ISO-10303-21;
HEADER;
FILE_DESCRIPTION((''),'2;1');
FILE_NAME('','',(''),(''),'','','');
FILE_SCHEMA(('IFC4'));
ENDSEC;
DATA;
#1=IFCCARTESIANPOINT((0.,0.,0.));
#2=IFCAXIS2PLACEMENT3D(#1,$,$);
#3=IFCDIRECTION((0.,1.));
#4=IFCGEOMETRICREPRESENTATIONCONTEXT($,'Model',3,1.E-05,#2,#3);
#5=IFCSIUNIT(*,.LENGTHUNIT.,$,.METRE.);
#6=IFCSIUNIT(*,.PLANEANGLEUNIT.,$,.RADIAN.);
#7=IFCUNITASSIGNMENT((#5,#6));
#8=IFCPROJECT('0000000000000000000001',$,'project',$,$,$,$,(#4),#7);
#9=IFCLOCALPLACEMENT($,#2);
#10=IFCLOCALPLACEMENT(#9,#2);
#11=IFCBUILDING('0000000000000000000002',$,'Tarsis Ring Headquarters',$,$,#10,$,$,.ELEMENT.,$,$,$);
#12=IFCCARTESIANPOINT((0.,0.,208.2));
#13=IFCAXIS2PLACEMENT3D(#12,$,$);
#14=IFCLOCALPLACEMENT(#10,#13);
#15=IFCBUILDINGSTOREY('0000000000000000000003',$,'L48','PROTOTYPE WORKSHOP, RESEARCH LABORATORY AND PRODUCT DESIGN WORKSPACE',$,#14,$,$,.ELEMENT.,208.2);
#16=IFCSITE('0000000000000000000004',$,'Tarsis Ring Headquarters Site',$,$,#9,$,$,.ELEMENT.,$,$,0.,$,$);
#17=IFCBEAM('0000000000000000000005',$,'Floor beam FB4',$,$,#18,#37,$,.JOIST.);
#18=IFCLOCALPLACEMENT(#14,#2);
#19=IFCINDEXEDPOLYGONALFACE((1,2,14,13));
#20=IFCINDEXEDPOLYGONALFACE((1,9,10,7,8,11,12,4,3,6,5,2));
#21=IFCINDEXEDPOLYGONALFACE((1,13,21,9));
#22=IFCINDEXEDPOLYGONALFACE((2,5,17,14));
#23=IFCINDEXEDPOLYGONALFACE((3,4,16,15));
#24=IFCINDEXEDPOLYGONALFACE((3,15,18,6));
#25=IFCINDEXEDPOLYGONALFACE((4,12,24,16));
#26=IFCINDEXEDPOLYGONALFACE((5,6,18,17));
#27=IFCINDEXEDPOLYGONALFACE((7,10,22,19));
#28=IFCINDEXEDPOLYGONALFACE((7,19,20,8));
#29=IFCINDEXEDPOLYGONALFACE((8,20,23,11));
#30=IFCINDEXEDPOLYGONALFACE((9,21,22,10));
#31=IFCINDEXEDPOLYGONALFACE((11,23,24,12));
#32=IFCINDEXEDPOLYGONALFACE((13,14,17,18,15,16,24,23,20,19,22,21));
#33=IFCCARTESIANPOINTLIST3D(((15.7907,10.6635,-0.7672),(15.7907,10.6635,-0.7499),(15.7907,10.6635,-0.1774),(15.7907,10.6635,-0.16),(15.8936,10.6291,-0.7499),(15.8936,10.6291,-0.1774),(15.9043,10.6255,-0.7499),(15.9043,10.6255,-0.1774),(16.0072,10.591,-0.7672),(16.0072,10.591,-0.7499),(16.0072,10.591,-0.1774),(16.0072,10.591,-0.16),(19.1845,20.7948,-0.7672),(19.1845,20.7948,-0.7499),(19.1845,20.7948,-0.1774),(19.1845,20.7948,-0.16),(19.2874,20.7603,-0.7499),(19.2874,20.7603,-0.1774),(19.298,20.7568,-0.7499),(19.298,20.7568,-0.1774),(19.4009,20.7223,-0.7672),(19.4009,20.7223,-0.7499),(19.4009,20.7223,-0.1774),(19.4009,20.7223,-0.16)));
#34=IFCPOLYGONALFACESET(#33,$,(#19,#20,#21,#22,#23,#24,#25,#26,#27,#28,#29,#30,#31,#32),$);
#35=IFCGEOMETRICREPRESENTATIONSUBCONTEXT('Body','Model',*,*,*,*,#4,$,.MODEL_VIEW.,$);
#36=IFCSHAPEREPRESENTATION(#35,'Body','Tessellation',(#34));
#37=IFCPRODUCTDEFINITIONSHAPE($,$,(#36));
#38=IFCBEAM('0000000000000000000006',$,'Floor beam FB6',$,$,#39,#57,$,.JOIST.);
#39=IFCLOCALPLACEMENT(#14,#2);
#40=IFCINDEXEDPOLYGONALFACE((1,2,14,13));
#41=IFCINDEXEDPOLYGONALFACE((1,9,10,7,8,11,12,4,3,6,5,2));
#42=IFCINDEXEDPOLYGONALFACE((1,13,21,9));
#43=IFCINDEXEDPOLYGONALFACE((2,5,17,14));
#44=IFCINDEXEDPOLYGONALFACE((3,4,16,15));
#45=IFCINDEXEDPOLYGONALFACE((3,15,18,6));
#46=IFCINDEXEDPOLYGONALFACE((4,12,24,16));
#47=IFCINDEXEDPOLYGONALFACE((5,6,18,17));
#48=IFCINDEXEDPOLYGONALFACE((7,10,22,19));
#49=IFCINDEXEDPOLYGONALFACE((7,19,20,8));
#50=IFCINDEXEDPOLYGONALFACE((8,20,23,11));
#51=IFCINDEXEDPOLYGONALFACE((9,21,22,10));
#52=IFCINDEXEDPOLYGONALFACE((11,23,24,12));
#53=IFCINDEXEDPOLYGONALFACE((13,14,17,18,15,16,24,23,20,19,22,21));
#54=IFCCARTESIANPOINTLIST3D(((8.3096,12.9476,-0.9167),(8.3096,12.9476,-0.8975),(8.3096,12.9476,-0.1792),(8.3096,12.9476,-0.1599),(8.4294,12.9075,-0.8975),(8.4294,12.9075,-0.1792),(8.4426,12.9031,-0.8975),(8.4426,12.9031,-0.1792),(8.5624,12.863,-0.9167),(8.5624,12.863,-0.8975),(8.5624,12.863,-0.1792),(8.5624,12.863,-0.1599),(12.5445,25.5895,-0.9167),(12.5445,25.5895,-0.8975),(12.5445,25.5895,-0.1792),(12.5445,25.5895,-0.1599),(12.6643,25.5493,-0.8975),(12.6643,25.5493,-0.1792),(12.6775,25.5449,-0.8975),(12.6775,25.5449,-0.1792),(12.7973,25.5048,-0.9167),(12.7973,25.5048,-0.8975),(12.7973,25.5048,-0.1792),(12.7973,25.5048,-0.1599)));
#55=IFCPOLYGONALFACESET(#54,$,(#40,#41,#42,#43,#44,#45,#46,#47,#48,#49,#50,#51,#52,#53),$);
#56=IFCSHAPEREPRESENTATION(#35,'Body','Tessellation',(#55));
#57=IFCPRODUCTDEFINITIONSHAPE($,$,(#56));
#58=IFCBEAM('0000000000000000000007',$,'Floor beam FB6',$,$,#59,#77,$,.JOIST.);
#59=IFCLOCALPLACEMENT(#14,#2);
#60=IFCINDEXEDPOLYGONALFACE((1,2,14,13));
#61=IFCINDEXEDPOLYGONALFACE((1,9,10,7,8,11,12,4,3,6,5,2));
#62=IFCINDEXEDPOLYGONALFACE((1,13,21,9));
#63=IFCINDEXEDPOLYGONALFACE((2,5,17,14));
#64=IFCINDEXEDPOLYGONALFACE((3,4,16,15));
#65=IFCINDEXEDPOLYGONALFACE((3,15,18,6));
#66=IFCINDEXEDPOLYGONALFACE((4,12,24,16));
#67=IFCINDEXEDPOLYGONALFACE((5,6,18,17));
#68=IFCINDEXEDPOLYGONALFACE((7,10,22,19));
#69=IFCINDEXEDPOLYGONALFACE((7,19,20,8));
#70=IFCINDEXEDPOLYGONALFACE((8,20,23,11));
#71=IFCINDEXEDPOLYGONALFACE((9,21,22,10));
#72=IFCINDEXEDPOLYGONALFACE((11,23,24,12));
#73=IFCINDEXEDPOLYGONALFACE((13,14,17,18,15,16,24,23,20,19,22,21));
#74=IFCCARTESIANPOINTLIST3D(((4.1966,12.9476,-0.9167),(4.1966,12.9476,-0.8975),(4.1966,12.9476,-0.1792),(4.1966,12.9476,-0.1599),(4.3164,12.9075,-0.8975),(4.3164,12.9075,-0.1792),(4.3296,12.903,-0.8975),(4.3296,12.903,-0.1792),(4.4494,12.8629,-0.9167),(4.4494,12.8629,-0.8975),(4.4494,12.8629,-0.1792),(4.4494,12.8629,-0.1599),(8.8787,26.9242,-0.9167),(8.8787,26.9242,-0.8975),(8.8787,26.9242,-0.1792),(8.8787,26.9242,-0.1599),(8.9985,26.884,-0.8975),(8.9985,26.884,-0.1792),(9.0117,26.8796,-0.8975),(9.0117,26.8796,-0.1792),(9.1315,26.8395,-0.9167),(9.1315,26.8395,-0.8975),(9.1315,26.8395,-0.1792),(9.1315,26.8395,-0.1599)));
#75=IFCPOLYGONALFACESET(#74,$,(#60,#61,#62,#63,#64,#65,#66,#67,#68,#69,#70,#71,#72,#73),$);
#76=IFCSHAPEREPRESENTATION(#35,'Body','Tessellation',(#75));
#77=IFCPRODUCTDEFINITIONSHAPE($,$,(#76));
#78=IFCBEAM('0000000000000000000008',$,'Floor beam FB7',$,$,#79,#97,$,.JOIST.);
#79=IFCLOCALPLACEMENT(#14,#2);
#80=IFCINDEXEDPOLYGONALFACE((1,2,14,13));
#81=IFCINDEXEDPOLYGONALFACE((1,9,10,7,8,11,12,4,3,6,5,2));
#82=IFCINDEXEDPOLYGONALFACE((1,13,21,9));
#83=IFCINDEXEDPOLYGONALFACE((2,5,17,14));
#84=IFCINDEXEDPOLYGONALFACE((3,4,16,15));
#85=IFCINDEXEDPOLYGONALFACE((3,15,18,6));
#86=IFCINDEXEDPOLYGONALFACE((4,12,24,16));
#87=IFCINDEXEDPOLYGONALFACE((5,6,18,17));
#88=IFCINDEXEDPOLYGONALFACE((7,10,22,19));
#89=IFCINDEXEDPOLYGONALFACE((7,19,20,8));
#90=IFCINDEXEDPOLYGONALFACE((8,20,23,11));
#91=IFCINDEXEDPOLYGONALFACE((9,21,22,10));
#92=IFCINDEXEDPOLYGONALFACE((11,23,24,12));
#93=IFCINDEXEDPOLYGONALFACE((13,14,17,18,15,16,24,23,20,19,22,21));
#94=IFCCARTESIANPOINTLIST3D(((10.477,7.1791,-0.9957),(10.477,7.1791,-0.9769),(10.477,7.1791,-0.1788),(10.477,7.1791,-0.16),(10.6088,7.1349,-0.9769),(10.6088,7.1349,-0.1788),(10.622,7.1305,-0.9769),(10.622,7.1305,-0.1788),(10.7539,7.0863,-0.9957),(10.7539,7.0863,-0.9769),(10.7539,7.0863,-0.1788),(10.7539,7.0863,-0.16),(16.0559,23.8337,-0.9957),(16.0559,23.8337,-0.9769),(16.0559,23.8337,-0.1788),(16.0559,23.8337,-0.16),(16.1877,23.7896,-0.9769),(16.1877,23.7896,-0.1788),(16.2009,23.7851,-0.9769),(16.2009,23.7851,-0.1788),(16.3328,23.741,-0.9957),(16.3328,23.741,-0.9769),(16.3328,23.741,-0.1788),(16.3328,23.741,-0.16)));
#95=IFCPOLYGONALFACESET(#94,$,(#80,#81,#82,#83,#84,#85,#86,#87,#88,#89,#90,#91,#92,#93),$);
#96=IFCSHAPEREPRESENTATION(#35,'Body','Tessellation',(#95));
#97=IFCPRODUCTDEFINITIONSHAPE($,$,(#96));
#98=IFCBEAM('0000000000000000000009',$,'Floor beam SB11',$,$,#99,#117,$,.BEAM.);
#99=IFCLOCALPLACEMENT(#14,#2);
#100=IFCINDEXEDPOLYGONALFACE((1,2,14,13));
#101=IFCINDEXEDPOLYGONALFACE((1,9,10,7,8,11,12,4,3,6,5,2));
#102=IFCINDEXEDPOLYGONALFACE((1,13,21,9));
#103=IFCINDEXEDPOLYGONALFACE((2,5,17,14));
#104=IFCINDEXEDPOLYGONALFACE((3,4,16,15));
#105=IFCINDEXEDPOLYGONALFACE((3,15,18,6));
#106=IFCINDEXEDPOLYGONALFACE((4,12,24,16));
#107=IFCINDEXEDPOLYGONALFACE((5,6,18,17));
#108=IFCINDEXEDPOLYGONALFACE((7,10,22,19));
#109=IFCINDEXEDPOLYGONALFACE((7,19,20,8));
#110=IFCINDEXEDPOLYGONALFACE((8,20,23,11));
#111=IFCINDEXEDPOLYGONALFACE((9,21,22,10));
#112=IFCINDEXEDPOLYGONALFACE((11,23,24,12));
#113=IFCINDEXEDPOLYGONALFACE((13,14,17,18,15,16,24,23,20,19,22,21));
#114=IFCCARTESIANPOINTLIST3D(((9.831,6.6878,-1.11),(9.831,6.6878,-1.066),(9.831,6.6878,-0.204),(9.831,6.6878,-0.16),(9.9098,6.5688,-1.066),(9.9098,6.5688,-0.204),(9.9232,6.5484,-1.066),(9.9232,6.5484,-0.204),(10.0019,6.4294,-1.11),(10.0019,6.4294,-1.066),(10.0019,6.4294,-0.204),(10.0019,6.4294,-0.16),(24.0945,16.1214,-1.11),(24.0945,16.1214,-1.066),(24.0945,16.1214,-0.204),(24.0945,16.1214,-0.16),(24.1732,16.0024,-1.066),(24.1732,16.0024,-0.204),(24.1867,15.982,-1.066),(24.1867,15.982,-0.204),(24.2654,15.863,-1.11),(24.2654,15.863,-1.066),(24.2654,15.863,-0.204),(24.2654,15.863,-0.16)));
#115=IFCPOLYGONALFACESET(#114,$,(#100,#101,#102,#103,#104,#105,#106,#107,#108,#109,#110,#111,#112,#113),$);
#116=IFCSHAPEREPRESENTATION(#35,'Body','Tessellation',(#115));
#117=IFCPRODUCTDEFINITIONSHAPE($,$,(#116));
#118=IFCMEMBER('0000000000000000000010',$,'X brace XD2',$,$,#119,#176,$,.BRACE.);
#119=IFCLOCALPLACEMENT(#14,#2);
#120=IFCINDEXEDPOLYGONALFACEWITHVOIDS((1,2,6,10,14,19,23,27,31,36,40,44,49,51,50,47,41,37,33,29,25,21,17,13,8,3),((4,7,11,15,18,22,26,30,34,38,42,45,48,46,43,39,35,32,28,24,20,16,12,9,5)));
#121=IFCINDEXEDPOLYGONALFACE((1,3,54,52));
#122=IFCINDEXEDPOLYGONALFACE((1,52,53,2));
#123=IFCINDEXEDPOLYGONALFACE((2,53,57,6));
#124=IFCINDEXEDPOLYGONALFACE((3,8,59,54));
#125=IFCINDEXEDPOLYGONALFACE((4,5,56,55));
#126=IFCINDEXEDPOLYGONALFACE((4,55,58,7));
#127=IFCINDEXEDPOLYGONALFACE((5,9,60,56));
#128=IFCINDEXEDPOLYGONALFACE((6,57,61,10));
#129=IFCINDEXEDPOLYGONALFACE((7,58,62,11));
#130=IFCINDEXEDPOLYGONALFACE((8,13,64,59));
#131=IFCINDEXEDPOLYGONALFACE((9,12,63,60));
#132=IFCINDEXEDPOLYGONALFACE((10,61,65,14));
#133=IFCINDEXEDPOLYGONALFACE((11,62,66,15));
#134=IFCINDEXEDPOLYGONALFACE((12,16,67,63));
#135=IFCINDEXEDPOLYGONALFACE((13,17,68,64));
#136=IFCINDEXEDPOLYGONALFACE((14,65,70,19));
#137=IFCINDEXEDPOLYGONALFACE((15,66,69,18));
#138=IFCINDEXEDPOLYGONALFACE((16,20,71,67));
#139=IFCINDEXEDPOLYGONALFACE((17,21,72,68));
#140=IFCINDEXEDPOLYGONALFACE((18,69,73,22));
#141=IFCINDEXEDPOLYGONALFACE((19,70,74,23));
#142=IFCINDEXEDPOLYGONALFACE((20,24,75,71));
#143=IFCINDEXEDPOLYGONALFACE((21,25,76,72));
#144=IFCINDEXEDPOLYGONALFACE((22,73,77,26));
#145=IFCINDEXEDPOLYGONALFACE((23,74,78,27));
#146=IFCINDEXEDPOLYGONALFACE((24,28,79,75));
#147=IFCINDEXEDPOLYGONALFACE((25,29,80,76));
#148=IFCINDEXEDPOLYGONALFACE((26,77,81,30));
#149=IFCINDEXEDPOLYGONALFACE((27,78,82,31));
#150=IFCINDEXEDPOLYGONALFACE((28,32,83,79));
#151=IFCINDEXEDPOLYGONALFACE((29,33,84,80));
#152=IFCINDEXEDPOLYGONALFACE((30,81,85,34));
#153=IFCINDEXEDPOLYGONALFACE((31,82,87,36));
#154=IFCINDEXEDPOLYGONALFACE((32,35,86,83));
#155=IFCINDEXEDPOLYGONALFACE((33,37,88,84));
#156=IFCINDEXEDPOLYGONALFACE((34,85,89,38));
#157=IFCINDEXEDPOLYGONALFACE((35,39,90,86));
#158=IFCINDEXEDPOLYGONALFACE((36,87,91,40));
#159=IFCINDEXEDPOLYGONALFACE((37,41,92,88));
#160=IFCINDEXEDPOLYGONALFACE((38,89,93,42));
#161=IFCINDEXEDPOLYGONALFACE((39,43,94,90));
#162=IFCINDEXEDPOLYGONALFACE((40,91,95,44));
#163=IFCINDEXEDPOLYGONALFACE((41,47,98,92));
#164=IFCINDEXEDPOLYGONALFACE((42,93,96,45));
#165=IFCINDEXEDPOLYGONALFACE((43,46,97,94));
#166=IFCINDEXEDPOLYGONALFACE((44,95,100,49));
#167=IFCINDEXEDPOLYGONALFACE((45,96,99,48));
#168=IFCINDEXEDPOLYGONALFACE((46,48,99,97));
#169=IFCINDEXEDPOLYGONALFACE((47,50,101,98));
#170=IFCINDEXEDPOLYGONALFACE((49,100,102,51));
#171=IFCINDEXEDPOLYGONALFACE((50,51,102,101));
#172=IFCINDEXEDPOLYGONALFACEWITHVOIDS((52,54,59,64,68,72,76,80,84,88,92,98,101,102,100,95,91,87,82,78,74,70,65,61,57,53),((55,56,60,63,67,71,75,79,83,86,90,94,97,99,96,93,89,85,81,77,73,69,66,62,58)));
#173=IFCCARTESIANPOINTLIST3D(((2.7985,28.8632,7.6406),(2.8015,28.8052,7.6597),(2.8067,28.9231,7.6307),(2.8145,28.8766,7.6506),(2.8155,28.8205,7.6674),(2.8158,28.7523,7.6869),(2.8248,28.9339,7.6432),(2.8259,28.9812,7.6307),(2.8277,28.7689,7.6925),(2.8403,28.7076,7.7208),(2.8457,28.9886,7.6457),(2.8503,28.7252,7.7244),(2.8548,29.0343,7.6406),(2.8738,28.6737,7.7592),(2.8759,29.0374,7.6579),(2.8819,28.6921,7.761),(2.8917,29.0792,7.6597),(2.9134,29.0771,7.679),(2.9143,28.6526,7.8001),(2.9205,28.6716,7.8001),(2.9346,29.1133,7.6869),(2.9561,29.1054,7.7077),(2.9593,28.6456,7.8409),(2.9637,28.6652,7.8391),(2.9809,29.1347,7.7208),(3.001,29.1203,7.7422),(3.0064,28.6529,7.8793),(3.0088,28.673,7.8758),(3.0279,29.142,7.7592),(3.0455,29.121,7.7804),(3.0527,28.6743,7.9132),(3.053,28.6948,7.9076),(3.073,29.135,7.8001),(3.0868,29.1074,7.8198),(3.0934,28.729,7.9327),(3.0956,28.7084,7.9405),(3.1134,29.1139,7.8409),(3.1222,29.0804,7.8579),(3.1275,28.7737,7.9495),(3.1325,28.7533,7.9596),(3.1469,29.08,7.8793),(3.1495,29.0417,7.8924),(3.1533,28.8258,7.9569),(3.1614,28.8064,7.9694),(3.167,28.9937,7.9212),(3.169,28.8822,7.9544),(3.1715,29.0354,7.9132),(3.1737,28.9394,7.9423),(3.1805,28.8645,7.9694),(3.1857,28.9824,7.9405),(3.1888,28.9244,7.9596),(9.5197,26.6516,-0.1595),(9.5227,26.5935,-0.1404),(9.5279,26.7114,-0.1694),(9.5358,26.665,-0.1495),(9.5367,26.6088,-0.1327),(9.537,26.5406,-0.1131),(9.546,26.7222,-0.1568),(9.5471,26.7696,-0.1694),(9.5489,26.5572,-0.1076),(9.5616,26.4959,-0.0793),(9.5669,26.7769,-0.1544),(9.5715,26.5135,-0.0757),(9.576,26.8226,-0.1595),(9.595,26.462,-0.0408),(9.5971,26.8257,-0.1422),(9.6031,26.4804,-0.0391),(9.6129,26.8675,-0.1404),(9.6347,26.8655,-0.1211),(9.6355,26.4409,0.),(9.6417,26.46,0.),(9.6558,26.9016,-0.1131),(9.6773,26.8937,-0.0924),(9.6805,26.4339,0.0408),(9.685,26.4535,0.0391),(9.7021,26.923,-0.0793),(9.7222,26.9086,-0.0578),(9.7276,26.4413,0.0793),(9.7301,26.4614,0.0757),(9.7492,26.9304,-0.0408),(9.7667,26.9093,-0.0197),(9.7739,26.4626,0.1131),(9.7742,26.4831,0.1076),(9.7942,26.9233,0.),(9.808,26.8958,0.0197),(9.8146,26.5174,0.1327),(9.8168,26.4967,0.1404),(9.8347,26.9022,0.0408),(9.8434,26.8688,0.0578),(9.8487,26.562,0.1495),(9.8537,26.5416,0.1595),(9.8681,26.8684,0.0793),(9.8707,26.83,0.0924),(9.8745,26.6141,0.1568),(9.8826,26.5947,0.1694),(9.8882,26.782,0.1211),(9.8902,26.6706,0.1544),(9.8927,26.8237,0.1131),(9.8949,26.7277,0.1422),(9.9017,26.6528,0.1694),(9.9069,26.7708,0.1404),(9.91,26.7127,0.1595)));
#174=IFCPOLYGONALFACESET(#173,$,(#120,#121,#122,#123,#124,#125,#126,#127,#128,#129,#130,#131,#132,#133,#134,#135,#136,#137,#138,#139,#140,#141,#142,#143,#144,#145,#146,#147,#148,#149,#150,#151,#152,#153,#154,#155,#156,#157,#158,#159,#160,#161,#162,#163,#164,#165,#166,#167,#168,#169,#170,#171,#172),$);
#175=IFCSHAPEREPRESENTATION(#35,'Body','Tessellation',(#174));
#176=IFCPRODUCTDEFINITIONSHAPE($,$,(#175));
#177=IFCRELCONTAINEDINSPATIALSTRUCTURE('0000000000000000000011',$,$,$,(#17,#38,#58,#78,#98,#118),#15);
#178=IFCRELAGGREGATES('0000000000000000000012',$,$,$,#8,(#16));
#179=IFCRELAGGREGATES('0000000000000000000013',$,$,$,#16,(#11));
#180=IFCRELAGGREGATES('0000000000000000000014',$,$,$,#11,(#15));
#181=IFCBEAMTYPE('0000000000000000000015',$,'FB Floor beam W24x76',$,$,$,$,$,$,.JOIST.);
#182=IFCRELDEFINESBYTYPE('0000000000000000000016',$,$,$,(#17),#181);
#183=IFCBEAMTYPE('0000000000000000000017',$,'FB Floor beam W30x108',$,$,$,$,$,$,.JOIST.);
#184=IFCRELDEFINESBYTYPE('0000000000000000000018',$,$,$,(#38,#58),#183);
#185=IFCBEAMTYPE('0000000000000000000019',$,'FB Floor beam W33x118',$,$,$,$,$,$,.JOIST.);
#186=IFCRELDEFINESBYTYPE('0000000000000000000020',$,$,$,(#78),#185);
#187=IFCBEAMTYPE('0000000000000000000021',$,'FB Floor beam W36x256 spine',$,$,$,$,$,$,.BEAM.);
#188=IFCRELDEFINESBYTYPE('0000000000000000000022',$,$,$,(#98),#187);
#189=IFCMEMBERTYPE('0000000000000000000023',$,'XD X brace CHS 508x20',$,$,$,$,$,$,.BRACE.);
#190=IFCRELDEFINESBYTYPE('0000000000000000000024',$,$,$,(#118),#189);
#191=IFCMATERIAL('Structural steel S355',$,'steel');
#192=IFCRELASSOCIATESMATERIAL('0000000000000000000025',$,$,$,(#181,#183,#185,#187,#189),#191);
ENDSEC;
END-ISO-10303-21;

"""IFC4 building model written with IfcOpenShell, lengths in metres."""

from ifc_helpers import new_model, si_unit, direction, frame, origin, origin_2d, place, context, subcontext, project, spatial, hollow_circle, i_section, extrude, material, material_profile, profile_set, type_object, element, save


model = new_model("IFC4")

# Units and contexts
model_context = context("Model", 3, precision=1e-05, world=origin(), true_north=direction((0.0, 1.0)))
body_context = subcontext(model_context, "Body", "Model", "MODEL_VIEW")
ifc_project = project(units=[si_unit("LENGTHUNIT", "METRE"), si_unit("PLANEANGLEUNIT", "RADIAN")], contexts=[model_context])

# Site, building, storey
site_placement = place(None, origin())
site = spatial("IfcSite", under=ifc_project, at=site_placement, Name="Tarsis Ring Headquarters Site", CompositionType="ELEMENT", RefElevation=0.0)
building_placement = place(site_placement, origin())
building = spatial("IfcBuilding", under=site, at=building_placement, Name="Tarsis Ring Headquarters", CompositionType="ELEMENT")
storey_placement = place(building_placement, frame((0.0, 0.0, 208.2)))
storey = spatial("IfcBuildingStorey", under=building, at=storey_placement, Name="L48", Description="PROTOTYPE WORKSHOP, RESEARCH LABORATORY AND PRODUCT DESIGN WORKSPACE", CompositionType="ELEMENT", Elevation=208.2)

# Shared definitions
ifc_material_1 = material(Name="Structural steel S355", Category="steel")

# Beams
ifc_material_profile_1 = material_profile(ifc_material_1, i_section(OverallWidth=0.2283, OverallDepth=0.6072, WebThickness=0.0112, FlangeThickness=0.0173, at=origin_2d()), Name="W24x76")
ifc_profile_set_1 = profile_set([ifc_material_profile_1], Name="Structural steel S355")
beam_type_1 = type_object("IfcBeamType", Name="FB Floor beam W24x76", PredefinedType="JOIST", material=ifc_profile_set_1)
beam_1_placement = place(storey_placement, frame((19.2927, 20.7585, -0.4636), z_axis=(-0.317633, -0.948214, 0.0), x_axis=(0.948214, -0.317633, 0.0)))
element("IfcBeam", 1, at=beam_1_placement, inside=storey, type_object=beam_type_1, Name="Floor beam FB4", PredefinedType="JOIST", context=body_context, shape_type="SweptSolid", body=[
    extrude(i_section(OverallWidth=0.2283, OverallDepth=0.6072, WebThickness=0.0112, FlangeThickness=0.0173, at=origin_2d()), origin(), (0.0, 0.0, 1.0), 10.6846),
])
ifc_material_profile_2 = material_profile(ifc_material_1, i_section(OverallWidth=0.2666, OverallDepth=0.7568, WebThickness=0.0139, FlangeThickness=0.0193, at=origin_2d()), Name="W30x108")
ifc_profile_set_2 = profile_set([ifc_material_profile_2], Name="Structural steel S355")
beam_type_2 = type_object("IfcBeamType", Name="FB Floor beam W30x108", PredefinedType="JOIST", material=ifc_profile_set_2)
beam_2_placement = place(storey_placement, frame((12.6709, 25.5471, -0.5383), z_axis=(-0.317639, -0.948212, 0.0), x_axis=(0.948212, -0.317639, 0.0)))
element("IfcBeam", 2, at=beam_2_placement, inside=storey, type_object=beam_type_2, Name="Floor beam FB6", PredefinedType="JOIST", context=body_context, shape_type="SweptSolid", body=[
    extrude(i_section(OverallWidth=0.2666, OverallDepth=0.7568, WebThickness=0.0139, FlangeThickness=0.0193, at=origin_2d()), origin(), (0.0, 0.0, 1.0), 13.3323),
])
beam_3_placement = place(storey_placement, frame((9.0051, 26.8818, -0.5383), z_axis=(-0.317649, -0.948209, 0.0), x_axis=(0.948209, -0.317649, 0.0)))
element("IfcBeam", 3, at=beam_3_placement, inside=storey, type_object=beam_type_2, Name="Floor beam FB6", PredefinedType="JOIST", context=body_context, shape_type="SweptSolid", body=[
    extrude(i_section(OverallWidth=0.2666, OverallDepth=0.7568, WebThickness=0.0139, FlangeThickness=0.0193, at=origin_2d()), origin(), (0.0, 0.0, 1.0), 14.74),
])
ifc_material_profile_3 = material_profile(ifc_material_1, i_section(OverallWidth=0.292, OverallDepth=0.8357, WebThickness=0.0139, FlangeThickness=0.0188, at=origin_2d()), Name="W33x118")
ifc_profile_set_3 = profile_set([ifc_material_profile_3], Name="Structural steel S355")
beam_type_3 = type_object("IfcBeamType", Name="FB Floor beam W33x118", PredefinedType="JOIST", material=ifc_profile_set_3)
beam_4_placement = place(storey_placement, frame((16.1943, 23.7874, -0.5779), z_axis=(-0.317629, -0.948215, 0.0), x_axis=(0.948215, -0.317629, 0.0)))
element("IfcBeam", 4, at=beam_4_placement, inside=storey, type_object=beam_type_3, Name="Floor beam FB7", PredefinedType="JOIST", context=body_context, shape_type="SweptSolid", body=[
    extrude(i_section(OverallWidth=0.292, OverallDepth=0.8357, WebThickness=0.0139, FlangeThickness=0.0188, at=origin_2d()), origin(), (0.0, 0.0, 1.0), 17.5642),
])
ifc_material_profile_4 = material_profile(ifc_material_1, i_section(OverallWidth=0.3098, OverallDepth=0.95, WebThickness=0.0244, FlangeThickness=0.0439, at=origin_2d()), Name="W36x256")
ifc_profile_set_4 = profile_set([ifc_material_profile_4], Name="Structural steel S355")
beam_type_4 = type_object("IfcBeamType", Name="FB Floor beam W36x256 spine", PredefinedType="BEAM", material=ifc_profile_set_4)
beam_5_placement = place(storey_placement, frame((24.1799, 15.9922, -0.635), z_axis=(-0.834079, -0.551646, 0.0), x_axis=(0.551646, -0.834079, 0.0)))
element("IfcBeam", 5, at=beam_5_placement, inside=storey, type_object=beam_type_4, Name="Floor beam SB11", PredefinedType="BEAM", context=body_context, shape_type="SweptSolid", body=[
    extrude(i_section(OverallWidth=0.3098, OverallDepth=0.95, WebThickness=0.0244, FlangeThickness=0.0439, at=origin_2d()), origin(), (0.0, 0.0, 1.0), 17.1008),
])

# Member
ifc_material_profile_5 = material_profile(ifc_material_1, hollow_circle(Radius=0.2539, WallThickness=0.02, at=origin_2d()), Name="CHS 508x20")
ifc_profile_set_5 = profile_set([ifc_material_profile_5], Name="Structural steel S355")
member_type = type_object("IfcMemberType", Name="XD X brace CHS 508x20", PredefinedType="BRACE", material=ifc_profile_set_5)
member_1_placement = place(storey_placement, frame((9.7148, 26.6821, 0.0), z_axis=(-0.638216, 0.210011, 0.740659), x_axis=(-0.312571, -0.949894, 0.0)))
element("IfcMember", 6, at=member_1_placement, inside=storey, type_object=member_type, Name="X brace XD2", PredefinedType="BRACE", context=body_context, shape_type="SweptSolid", body=[
    extrude(hollow_circle(Radius=0.2539, WallThickness=0.02, at=origin_2d()), origin(), (0.0, 0.0, 1.0), 10.5312),
])

save(model, "model.ifc")
